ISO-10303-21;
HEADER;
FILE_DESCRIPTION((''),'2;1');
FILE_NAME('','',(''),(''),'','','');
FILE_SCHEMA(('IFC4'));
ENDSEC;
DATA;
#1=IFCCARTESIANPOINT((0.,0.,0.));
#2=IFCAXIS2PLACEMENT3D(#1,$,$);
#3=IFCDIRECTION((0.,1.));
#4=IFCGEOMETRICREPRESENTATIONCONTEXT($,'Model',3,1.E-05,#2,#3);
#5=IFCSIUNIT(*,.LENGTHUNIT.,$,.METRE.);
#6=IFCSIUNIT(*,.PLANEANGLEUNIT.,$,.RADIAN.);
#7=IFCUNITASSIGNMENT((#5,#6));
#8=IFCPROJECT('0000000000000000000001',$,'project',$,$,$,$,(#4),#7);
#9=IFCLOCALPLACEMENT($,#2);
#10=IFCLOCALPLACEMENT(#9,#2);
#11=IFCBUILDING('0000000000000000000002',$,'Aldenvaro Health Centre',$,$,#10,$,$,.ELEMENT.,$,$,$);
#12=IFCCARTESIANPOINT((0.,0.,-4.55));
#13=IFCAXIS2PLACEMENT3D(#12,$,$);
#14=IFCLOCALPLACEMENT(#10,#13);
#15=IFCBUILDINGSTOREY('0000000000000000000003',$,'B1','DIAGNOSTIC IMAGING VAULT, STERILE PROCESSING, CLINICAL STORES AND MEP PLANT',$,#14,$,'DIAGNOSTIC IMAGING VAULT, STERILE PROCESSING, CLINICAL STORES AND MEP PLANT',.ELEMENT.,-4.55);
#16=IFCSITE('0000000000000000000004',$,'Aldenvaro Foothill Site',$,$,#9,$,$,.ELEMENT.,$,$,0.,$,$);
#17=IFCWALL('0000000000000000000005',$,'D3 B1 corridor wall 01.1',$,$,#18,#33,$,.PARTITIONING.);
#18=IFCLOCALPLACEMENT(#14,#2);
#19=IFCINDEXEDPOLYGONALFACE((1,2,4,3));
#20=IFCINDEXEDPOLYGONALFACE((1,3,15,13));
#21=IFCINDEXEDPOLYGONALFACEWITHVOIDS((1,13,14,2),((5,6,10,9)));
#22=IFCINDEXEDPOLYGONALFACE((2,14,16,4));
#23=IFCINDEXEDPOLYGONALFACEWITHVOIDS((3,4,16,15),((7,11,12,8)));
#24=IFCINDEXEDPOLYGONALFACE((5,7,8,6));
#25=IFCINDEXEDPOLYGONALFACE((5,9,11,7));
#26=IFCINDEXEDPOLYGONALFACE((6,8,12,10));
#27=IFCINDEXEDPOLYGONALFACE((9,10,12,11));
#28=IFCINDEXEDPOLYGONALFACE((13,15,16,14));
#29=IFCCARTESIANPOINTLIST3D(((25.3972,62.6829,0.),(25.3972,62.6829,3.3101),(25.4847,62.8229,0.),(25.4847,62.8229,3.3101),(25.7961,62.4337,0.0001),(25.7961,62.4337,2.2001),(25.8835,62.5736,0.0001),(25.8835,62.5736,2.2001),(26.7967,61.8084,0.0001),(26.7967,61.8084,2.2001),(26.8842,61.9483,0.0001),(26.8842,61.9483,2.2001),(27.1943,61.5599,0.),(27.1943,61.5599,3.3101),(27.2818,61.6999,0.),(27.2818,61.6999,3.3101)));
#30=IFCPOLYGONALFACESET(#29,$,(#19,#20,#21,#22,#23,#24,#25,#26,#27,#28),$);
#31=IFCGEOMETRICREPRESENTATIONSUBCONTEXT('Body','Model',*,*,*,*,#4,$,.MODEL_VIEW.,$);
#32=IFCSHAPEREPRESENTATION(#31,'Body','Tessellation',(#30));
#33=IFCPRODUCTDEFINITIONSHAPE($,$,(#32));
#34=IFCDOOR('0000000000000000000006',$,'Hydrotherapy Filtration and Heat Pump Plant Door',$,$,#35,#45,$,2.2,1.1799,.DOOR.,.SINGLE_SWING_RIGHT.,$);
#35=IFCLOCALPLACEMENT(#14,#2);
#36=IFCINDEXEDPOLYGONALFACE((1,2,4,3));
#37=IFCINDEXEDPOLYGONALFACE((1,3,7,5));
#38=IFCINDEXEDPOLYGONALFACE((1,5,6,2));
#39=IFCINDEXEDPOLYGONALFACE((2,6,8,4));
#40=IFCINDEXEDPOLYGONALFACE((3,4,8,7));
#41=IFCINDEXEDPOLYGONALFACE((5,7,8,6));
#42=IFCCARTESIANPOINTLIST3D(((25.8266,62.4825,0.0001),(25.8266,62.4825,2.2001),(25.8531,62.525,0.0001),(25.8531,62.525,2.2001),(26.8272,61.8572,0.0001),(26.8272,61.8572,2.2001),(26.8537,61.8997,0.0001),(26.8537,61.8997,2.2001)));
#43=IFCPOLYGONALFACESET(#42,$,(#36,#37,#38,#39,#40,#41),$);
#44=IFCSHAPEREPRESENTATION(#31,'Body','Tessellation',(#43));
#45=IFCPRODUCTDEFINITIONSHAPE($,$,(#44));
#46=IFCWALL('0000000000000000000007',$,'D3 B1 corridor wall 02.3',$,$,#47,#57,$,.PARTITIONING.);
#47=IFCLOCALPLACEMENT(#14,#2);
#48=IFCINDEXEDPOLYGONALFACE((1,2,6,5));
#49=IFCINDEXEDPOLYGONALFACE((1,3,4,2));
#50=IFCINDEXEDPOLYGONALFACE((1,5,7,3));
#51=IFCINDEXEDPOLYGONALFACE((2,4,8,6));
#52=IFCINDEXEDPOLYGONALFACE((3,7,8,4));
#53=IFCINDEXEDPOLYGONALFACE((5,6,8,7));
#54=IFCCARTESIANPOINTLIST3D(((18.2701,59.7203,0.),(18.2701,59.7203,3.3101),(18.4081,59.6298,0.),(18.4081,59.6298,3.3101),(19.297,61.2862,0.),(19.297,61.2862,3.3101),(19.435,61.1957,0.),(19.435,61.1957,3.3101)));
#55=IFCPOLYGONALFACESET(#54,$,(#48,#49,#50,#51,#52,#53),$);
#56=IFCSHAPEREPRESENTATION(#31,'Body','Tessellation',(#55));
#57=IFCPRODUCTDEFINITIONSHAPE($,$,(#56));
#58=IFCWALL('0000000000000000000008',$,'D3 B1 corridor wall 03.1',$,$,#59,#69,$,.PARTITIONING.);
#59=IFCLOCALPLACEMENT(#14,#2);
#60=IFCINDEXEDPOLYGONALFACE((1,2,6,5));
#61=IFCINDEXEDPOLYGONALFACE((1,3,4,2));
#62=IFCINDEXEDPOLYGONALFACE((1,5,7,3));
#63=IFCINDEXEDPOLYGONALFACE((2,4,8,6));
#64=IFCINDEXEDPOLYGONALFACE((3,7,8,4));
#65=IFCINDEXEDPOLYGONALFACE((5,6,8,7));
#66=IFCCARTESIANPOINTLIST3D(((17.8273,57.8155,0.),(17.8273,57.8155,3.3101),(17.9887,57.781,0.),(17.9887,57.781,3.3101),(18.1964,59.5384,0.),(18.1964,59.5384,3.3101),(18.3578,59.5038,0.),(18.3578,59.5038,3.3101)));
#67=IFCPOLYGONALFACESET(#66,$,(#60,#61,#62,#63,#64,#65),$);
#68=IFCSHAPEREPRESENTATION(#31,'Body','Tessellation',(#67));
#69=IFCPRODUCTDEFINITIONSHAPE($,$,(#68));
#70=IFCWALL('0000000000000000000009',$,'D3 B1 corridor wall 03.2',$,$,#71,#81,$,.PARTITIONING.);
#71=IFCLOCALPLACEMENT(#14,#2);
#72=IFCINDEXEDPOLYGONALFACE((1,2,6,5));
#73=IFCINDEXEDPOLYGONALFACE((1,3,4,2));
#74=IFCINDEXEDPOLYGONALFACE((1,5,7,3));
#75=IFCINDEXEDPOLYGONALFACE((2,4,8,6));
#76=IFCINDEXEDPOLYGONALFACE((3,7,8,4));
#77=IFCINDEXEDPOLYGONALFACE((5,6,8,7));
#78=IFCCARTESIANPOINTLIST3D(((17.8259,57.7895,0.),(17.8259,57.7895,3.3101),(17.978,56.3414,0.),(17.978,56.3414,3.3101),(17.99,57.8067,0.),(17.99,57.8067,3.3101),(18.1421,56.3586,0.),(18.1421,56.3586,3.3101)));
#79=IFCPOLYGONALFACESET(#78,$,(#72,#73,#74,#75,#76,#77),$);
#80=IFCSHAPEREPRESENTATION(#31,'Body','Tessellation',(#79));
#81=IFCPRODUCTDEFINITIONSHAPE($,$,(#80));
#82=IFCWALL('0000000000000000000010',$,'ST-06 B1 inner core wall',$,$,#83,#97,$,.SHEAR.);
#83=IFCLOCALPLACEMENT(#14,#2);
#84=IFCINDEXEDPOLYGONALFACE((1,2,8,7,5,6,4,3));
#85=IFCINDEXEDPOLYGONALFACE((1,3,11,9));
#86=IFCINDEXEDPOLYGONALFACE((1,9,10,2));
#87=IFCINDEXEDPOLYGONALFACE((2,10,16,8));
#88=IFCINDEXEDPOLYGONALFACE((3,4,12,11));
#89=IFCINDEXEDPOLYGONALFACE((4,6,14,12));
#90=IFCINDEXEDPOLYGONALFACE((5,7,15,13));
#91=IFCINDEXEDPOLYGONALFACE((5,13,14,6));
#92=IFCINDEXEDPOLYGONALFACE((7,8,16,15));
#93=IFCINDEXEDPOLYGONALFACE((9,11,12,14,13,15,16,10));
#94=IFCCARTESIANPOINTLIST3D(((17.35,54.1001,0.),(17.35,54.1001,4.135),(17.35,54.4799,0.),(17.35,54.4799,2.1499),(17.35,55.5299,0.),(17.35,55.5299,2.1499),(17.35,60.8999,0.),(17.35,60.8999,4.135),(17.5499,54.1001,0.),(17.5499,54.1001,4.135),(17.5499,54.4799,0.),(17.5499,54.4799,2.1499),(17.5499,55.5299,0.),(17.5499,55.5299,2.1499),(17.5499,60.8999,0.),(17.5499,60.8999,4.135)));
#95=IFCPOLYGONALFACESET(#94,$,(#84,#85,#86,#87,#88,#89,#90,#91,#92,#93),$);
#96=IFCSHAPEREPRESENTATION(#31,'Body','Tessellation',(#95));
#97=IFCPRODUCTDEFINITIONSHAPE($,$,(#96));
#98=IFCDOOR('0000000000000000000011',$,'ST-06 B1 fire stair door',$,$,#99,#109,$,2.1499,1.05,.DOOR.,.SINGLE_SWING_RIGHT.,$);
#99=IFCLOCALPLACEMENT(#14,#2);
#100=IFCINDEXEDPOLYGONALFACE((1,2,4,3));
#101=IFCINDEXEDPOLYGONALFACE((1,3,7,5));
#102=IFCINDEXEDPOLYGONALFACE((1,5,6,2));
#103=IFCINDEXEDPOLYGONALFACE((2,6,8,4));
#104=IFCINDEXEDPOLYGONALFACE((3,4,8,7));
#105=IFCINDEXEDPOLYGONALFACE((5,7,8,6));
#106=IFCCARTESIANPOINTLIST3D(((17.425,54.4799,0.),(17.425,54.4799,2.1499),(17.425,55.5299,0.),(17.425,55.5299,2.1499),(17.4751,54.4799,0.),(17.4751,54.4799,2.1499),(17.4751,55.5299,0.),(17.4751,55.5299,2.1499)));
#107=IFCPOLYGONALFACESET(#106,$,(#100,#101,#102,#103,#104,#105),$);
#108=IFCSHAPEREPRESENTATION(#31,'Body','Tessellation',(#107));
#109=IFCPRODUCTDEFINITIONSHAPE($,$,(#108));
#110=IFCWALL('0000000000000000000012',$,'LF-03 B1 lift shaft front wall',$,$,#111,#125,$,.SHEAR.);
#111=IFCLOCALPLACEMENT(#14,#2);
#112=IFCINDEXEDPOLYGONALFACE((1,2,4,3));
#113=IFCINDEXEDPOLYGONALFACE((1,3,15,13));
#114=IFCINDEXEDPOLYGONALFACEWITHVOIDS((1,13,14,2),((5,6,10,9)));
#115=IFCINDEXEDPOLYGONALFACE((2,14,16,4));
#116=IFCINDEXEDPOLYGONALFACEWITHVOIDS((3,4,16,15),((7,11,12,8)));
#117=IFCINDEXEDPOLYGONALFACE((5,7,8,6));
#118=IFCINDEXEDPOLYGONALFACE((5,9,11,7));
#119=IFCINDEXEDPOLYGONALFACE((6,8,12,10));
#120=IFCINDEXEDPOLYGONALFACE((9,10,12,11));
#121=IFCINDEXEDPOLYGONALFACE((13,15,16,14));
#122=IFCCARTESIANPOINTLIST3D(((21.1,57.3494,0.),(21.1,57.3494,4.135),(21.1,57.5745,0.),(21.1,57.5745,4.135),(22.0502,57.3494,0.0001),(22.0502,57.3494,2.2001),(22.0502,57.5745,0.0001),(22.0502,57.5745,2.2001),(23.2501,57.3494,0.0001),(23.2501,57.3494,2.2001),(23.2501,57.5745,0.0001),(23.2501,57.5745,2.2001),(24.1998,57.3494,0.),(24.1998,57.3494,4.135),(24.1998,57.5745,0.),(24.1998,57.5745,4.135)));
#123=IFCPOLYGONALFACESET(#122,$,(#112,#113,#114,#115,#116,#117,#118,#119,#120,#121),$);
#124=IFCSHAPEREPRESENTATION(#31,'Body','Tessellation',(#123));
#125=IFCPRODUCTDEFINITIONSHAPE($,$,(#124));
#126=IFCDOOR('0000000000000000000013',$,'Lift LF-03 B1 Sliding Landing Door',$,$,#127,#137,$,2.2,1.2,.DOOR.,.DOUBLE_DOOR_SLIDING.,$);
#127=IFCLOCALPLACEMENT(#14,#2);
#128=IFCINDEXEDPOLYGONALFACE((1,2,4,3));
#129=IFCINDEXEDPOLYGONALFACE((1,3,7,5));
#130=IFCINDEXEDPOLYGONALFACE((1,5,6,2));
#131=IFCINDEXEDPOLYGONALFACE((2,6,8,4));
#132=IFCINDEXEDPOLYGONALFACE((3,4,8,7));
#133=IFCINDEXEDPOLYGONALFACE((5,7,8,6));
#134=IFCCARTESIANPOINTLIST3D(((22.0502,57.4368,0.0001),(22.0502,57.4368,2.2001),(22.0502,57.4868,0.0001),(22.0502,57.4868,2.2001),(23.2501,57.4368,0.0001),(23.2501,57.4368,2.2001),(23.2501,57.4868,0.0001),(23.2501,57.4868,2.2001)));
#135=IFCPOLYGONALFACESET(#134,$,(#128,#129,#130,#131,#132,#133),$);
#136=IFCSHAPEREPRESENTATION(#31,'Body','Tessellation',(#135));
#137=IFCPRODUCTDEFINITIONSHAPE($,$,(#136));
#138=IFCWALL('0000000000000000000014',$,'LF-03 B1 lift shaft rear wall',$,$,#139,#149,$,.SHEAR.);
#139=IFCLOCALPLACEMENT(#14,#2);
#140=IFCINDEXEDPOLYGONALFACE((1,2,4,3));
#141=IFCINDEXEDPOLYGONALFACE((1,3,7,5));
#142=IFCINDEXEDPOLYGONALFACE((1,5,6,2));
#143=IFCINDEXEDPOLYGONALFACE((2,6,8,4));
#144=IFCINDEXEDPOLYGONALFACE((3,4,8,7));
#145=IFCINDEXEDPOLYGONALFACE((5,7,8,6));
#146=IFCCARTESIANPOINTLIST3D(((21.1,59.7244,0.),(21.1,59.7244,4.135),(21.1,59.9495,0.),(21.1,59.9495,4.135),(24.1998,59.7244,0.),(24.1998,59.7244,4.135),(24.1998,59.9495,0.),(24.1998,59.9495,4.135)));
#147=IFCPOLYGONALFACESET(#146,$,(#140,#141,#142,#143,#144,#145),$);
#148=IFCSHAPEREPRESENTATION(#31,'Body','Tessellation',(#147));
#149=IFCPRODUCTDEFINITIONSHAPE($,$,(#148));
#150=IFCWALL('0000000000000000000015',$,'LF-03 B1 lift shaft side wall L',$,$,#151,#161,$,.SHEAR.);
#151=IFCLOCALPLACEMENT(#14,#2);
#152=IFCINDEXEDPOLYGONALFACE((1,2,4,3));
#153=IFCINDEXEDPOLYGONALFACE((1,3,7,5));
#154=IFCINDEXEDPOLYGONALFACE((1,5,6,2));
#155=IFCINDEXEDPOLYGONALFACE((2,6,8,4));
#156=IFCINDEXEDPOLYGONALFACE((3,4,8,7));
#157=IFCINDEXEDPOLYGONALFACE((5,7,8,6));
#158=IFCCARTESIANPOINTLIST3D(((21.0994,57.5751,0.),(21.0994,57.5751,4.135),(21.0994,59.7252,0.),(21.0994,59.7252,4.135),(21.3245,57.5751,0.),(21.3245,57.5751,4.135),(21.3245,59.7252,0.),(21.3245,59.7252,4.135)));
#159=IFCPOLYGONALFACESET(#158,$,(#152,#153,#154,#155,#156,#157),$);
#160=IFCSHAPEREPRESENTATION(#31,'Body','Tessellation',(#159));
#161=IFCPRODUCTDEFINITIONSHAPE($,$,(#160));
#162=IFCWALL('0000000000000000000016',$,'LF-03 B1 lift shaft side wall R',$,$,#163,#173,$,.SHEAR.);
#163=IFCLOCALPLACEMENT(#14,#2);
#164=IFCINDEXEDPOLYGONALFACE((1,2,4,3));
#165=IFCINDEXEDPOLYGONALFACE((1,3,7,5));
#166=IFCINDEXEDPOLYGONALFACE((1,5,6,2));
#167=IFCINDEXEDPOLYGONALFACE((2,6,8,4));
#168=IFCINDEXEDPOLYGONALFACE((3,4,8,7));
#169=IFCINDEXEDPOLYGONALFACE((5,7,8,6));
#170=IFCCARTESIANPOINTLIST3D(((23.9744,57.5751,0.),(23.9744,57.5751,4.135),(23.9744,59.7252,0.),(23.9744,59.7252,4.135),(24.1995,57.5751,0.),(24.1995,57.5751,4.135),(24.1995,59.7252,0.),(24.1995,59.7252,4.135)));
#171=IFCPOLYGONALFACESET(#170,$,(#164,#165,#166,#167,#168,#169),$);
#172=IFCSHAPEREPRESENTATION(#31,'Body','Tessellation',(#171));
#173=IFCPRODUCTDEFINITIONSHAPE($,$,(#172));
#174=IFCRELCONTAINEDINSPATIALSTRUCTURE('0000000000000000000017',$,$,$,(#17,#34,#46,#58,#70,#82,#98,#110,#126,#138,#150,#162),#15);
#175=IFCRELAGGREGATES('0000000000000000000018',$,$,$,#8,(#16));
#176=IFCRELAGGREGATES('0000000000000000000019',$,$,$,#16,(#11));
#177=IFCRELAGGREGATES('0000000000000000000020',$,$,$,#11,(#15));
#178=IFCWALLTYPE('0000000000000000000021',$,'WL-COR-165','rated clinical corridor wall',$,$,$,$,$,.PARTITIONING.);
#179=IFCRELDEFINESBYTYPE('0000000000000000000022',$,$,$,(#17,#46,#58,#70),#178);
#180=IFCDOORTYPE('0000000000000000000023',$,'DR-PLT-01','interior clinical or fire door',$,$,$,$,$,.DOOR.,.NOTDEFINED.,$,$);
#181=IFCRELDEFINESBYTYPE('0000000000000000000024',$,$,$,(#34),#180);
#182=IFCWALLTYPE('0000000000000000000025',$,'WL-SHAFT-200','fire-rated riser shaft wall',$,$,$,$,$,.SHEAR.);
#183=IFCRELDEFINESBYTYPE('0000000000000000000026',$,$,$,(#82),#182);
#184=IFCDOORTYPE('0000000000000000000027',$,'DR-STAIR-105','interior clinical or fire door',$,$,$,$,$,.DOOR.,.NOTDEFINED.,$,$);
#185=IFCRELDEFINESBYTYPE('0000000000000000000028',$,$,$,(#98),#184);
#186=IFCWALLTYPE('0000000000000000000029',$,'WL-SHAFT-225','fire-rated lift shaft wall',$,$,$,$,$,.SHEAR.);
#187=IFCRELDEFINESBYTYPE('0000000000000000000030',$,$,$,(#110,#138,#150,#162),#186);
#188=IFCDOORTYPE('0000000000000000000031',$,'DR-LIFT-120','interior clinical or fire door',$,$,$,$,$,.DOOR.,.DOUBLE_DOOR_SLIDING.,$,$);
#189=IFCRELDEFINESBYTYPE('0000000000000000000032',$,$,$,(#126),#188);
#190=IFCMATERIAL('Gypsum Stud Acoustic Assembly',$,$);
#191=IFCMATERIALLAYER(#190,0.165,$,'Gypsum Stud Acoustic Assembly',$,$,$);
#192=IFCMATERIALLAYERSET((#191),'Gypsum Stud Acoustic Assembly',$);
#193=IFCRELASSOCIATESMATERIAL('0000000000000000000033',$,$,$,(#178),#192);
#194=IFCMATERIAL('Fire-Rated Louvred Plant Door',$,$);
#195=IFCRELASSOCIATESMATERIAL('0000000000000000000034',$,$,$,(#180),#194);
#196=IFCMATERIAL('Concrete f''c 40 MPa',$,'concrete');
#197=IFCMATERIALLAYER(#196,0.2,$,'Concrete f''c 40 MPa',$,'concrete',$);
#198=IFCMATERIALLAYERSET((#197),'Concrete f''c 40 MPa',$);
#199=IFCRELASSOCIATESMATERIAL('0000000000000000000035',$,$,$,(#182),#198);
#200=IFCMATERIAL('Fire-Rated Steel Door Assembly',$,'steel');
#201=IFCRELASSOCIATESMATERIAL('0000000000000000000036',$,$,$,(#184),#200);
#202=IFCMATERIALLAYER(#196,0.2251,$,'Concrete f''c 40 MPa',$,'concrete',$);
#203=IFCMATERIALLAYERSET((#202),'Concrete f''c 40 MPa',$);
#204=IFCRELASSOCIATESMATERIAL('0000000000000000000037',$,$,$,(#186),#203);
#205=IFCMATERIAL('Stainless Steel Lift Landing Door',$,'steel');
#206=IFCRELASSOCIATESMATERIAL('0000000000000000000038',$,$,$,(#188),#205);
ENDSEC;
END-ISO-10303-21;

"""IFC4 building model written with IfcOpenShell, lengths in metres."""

from ifc_helpers import new_model, si_unit, direction, frame, frame_2d, origin, place, context, subcontext, project, spatial, rectangle, extrude, material, layer, layer_set, type_object, element, fill, save


model = new_model("IFC4")

# Units and contexts
model_context = context("Model", 3, precision=1e-05, world=origin(), true_north=direction((0.0, 1.0)))
body_context = subcontext(model_context, "Body", "Model", "MODEL_VIEW")
ifc_project = project(units=[si_unit("LENGTHUNIT", "METRE"), si_unit("PLANEANGLEUNIT", "RADIAN")], contexts=[model_context])

# Site, building, storey
site_placement = place(None, origin())
site = spatial("IfcSite", under=ifc_project, at=site_placement, Name="Aldenvaro Foothill Site", CompositionType="ELEMENT", RefElevation=0.0)
building_placement = place(site_placement, origin())
building = spatial("IfcBuilding", under=site, at=building_placement, Name="Aldenvaro Health Centre", CompositionType="ELEMENT")
storey_placement = place(building_placement, frame((0.0, 0.0, -4.55)))
storey = spatial("IfcBuildingStorey", under=building, at=storey_placement, Name="B1", Description="DIAGNOSTIC IMAGING VAULT, STERILE PROCESSING, CLINICAL STORES AND MEP PLANT", LongName="DIAGNOSTIC IMAGING VAULT, STERILE PROCESSING, CLINICAL STORES AND MEP PLANT", CompositionType="ELEMENT", Elevation=-4.55)

# Shared definitions
ifc_material_1 = material(Name="Concrete f'c 40 MPa", Category="concrete")

# Wall, opening, door
ifc_material_2 = material(Name="Gypsum Stud Acoustic Assembly")
ifc_layer_1 = layer(ifc_material_2, 0.165, Name="Gypsum Stud Acoustic Assembly")
ifc_layer_set_1 = layer_set([ifc_layer_1], Name="Gypsum Stud Acoustic Assembly")
wall_type_1 = type_object("IfcWallType", Name="WL-COR-165", Description="rated clinical corridor wall", PredefinedType="PARTITIONING", material=ifc_layer_set_1)
wall_1_placement = place(storey_placement, frame((27.238, 61.6299, 0.0), z_axis=(0.0, 0.0, 1.0), x_axis=(-0.848031, 0.529947, 0.0)))
wall_1 = element("IfcWall", 1, at=wall_1_placement, inside=storey, type_object=wall_type_1, Name="D3 B1 corridor wall 01.1", PredefinedType="PARTITIONING", context=body_context, shape_type="SweptSolid", body=[
    extrude(rectangle(XDim=2.1191, YDim=0.165, at=frame_2d((1.0596, 0.0))), origin(), (0.0, 0.0, 1.0), 3.3101),
])
opening_1_placement = place(wall_1_placement, frame((0.469, 0.0, 0.0)))
opening_1 = element("IfcOpeningElement", 2, at=opening_1_placement, cuts=wall_1, PredefinedType="OPENING", context=body_context, shape_type="SweptSolid", body=[
    extrude(rectangle(XDim=1.1799, YDim=2.2, at=frame_2d((0.5898, 1.1001))), frame((0.0, 0.0925, 0.0), z_axis=(0.0, -1.0, 0.0), x_axis=(1.0, 0.0, 0.0)), (0.0, 0.0, 1.0), 0.1851),
])
ifc_material_3 = material(Name="Fire-Rated Louvred Plant Door")
door_type_1 = type_object("IfcDoorType", Name="DR-PLT-01", Description="interior clinical or fire door", OperationType="NOTDEFINED", PredefinedType="DOOR", material=ifc_material_3)
door_1_placement = place(opening_1_placement, origin())
door_1 = element("IfcDoor", 3, at=door_1_placement, inside=storey, type_object=door_type_1, Name="Hydrotherapy Filtration and Heat Pump Plant Door", OperationType="SINGLE_SWING_RIGHT", OverallHeight=2.2, OverallWidth=1.1799, PredefinedType="DOOR", context=body_context, shape_type="SweptSolid", body=[
    extrude(rectangle(XDim=1.1799, YDim=2.2, at=frame_2d((0.5898, 1.1001))), frame((0.0, 0.0249, 0.0), z_axis=(0.0, -1.0, 0.0), x_axis=(1.0, 0.0, 0.0)), (0.0, 0.0, 1.0), 0.05),
])
fill(opening_1, door_1)

# Walls
wall_2_placement = place(storey_placement, frame((19.366, 61.241, 0.0), z_axis=(0.0, 0.0, 1.0), x_axis=(-0.548366, -0.836238, 0.0)))
element("IfcWall", 4, at=wall_2_placement, inside=storey, type_object=wall_type_1, Name="D3 B1 corridor wall 02.3", PredefinedType="PARTITIONING", context=body_context, shape_type="SweptSolid", body=[
    extrude(rectangle(XDim=1.8726, YDim=0.165, at=frame_2d((0.9363, 0.0))), origin(), (0.0, 0.0, 1.0), 3.3101),
])
wall_3_placement = place(storey_placement, frame((18.2771, 59.521, 0.0), z_axis=(0.0, 0.0, 1.0), x_axis=(-0.209501, -0.977808, 0.0)))
element("IfcWall", 5, at=wall_3_placement, inside=storey, type_object=wall_type_1, Name="D3 B1 corridor wall 03.1", PredefinedType="PARTITIONING", context=body_context, shape_type="SweptSolid", body=[
    extrude(rectangle(XDim=1.762, YDim=0.165, at=frame_2d((0.8809, 0.0))), origin(), (0.0, 0.0, 1.0), 3.3101),
])
wall_4_placement = place(storey_placement, frame((17.908, 57.7981, 0.0), z_axis=(0.0, 0.0, 1.0), x_axis=(0.104467, -0.994528, 0.0)))
element("IfcWall", 6, at=wall_4_placement, inside=storey, type_object=wall_type_1, Name="D3 B1 corridor wall 03.2", PredefinedType="PARTITIONING", context=body_context, shape_type="SweptSolid", body=[
    extrude(rectangle(XDim=1.4561, YDim=0.165, at=frame_2d((0.728, 0.0))), origin(), (0.0, 0.0, 1.0), 3.3101),
])

# Walls, openings, doors
ifc_layer_2 = layer(ifc_material_1, 0.2, Name="Concrete f'c 40 MPa", Category="concrete")
ifc_layer_set_2 = layer_set([ifc_layer_2], Name="Concrete f'c 40 MPa")
wall_type_2 = type_object("IfcWallType", Name="WL-SHAFT-200", Description="fire-rated riser shaft wall", PredefinedType="SHEAR", material=ifc_layer_set_2)
wall_5_placement = place(storey_placement, frame((17.45, 54.1001, 0.0), z_axis=(0.0, 0.0, 1.0), x_axis=(0.0, 1.0, 0.0)))
wall_5 = element("IfcWall", 7, at=wall_5_placement, inside=storey, type_object=wall_type_2, Name="ST-06 B1 inner core wall", PredefinedType="SHEAR", context=body_context, shape_type="SweptSolid", body=[
    extrude(rectangle(XDim=6.7998, YDim=0.2, at=frame_2d((3.3999, 0.0))), origin(), (0.0, 0.0, 1.0), 4.135),
])
opening_2_placement = place(wall_5_placement, frame((0.3799, 0.0, 0.0)))
opening_2 = element("IfcOpeningElement", 8, at=opening_2_placement, cuts=wall_5, PredefinedType="OPENING", context=body_context, shape_type="SweptSolid", body=[
    extrude(rectangle(XDim=1.05, YDim=2.1499, at=frame_2d((0.5249, 1.075))), frame((0.0, 0.1099, 0.0), z_axis=(0.0, -1.0, 0.0), x_axis=(1.0, 0.0, 0.0)), (0.0, 0.0, 1.0), 0.22),
])
ifc_material_4 = material(Name="Fire-Rated Steel Door Assembly", Category="steel")
door_type_2 = type_object("IfcDoorType", Name="DR-STAIR-105", Description="interior clinical or fire door", OperationType="NOTDEFINED", PredefinedType="DOOR", material=ifc_material_4)
door_2_placement = place(opening_2_placement, origin())
door_2 = element("IfcDoor", 9, at=door_2_placement, inside=storey, type_object=door_type_2, Name="ST-06 B1 fire stair door", OperationType="SINGLE_SWING_RIGHT", OverallHeight=2.1499, OverallWidth=1.05, PredefinedType="DOOR", context=body_context, shape_type="SweptSolid", body=[
    extrude(rectangle(XDim=1.05, YDim=2.1499, at=frame_2d((0.5249, 1.075))), frame((0.0, 0.0249, 0.0), z_axis=(0.0, -1.0, 0.0), x_axis=(1.0, 0.0, 0.0)), (0.0, 0.0, 1.0), 0.05),
])
fill(opening_2, door_2)
ifc_layer_3 = layer(ifc_material_1, 0.2251, Name="Concrete f'c 40 MPa", Category="concrete")
ifc_layer_set_3 = layer_set([ifc_layer_3], Name="Concrete f'c 40 MPa")
wall_type_3 = type_object("IfcWallType", Name="WL-SHAFT-225", Description="fire-rated lift shaft wall", PredefinedType="SHEAR", material=ifc_layer_set_3)
wall_6_placement = place(storey_placement, frame((21.1001, 57.4619, 0.0), z_axis=(0.0, 0.0, 1.0), x_axis=(1.0, 0.0, 0.0)))
wall_6 = element("IfcWall", 10, at=wall_6_placement, inside=storey, type_object=wall_type_3, Name="LF-03 B1 lift shaft front wall", PredefinedType="SHEAR", context=body_context, shape_type="SweptSolid", body=[
    extrude(rectangle(XDim=3.0999, YDim=0.2251, at=frame_2d((1.5498, 0.0))), origin(), (0.0, 0.0, 1.0), 4.135),
])
opening_3_placement = place(wall_6_placement, frame((0.95, 0.0, 0.0)))
opening_3 = element("IfcOpeningElement", 11, at=opening_3_placement, cuts=wall_6, PredefinedType="OPENING", context=body_context, shape_type="SweptSolid", body=[
    extrude(rectangle(XDim=1.2, YDim=2.2, at=frame_2d((0.6001, 1.1001))), frame((0.0, 0.1226, 0.0), z_axis=(0.0, -1.0, 0.0), x_axis=(1.0, 0.0, 0.0)), (0.0, 0.0, 1.0), 0.2451),
])
ifc_material_5 = material(Name="Stainless Steel Lift Landing Door", Category="steel")
door_type_3 = type_object("IfcDoorType", Name="DR-LIFT-120", Description="interior clinical or fire door", OperationType="DOUBLE_DOOR_SLIDING", PredefinedType="DOOR", material=ifc_material_5)
door_3_placement = place(opening_3_placement, origin())
door_3 = element("IfcDoor", 12, at=door_3_placement, inside=storey, type_object=door_type_3, Name="Lift LF-03 B1 Sliding Landing Door", OperationType="DOUBLE_DOOR_SLIDING", OverallHeight=2.2, OverallWidth=1.2, PredefinedType="DOOR", context=body_context, shape_type="SweptSolid", body=[
    extrude(rectangle(XDim=1.2, YDim=2.2, at=frame_2d((0.6001, 1.1001))), frame((0.0, 0.0249, 0.0), z_axis=(0.0, -1.0, 0.0), x_axis=(1.0, 0.0, 0.0)), (0.0, 0.0, 1.0), 0.05),
])
fill(opening_3, door_3)

# Walls
wall_7_placement = place(storey_placement, frame((21.1001, 59.8369, 0.0), z_axis=(0.0, 0.0, 1.0), x_axis=(1.0, 0.0, 0.0)))
element("IfcWall", 13, at=wall_7_placement, inside=storey, type_object=wall_type_3, Name="LF-03 B1 lift shaft rear wall", PredefinedType="SHEAR", context=body_context, shape_type="SweptSolid", body=[
    extrude(rectangle(XDim=3.0999, YDim=0.2251, at=frame_2d((1.5498, 0.0))), origin(), (0.0, 0.0, 1.0), 4.135),
])
for number, where, z_axis, x_axis, name in (
    (14, (21.2119, 57.575, 0.0), (0.0, 0.0, 1.0), (0.0, 1.0, 0.0), "LF-03 B1 lift shaft side wall L"),
    (15, (24.0869, 57.575, 0.0), (0.0, 0.0, 1.0), (0.0, 1.0, 0.0), "LF-03 B1 lift shaft side wall R"),
):
    element("IfcWall", number, at=place(storey_placement, frame(where, z_axis=z_axis, x_axis=x_axis)), inside=storey, type_object=wall_type_3, Name=name, PredefinedType="SHEAR", context=body_context, shape_type="SweptSolid", body=[
        extrude(rectangle(XDim=2.1501, YDim=0.2251, at=frame_2d((1.0752, 0.0))), origin(), (0.0, 0.0, 1.0), 4.135),
    ])

save(model, "model.ifc")
